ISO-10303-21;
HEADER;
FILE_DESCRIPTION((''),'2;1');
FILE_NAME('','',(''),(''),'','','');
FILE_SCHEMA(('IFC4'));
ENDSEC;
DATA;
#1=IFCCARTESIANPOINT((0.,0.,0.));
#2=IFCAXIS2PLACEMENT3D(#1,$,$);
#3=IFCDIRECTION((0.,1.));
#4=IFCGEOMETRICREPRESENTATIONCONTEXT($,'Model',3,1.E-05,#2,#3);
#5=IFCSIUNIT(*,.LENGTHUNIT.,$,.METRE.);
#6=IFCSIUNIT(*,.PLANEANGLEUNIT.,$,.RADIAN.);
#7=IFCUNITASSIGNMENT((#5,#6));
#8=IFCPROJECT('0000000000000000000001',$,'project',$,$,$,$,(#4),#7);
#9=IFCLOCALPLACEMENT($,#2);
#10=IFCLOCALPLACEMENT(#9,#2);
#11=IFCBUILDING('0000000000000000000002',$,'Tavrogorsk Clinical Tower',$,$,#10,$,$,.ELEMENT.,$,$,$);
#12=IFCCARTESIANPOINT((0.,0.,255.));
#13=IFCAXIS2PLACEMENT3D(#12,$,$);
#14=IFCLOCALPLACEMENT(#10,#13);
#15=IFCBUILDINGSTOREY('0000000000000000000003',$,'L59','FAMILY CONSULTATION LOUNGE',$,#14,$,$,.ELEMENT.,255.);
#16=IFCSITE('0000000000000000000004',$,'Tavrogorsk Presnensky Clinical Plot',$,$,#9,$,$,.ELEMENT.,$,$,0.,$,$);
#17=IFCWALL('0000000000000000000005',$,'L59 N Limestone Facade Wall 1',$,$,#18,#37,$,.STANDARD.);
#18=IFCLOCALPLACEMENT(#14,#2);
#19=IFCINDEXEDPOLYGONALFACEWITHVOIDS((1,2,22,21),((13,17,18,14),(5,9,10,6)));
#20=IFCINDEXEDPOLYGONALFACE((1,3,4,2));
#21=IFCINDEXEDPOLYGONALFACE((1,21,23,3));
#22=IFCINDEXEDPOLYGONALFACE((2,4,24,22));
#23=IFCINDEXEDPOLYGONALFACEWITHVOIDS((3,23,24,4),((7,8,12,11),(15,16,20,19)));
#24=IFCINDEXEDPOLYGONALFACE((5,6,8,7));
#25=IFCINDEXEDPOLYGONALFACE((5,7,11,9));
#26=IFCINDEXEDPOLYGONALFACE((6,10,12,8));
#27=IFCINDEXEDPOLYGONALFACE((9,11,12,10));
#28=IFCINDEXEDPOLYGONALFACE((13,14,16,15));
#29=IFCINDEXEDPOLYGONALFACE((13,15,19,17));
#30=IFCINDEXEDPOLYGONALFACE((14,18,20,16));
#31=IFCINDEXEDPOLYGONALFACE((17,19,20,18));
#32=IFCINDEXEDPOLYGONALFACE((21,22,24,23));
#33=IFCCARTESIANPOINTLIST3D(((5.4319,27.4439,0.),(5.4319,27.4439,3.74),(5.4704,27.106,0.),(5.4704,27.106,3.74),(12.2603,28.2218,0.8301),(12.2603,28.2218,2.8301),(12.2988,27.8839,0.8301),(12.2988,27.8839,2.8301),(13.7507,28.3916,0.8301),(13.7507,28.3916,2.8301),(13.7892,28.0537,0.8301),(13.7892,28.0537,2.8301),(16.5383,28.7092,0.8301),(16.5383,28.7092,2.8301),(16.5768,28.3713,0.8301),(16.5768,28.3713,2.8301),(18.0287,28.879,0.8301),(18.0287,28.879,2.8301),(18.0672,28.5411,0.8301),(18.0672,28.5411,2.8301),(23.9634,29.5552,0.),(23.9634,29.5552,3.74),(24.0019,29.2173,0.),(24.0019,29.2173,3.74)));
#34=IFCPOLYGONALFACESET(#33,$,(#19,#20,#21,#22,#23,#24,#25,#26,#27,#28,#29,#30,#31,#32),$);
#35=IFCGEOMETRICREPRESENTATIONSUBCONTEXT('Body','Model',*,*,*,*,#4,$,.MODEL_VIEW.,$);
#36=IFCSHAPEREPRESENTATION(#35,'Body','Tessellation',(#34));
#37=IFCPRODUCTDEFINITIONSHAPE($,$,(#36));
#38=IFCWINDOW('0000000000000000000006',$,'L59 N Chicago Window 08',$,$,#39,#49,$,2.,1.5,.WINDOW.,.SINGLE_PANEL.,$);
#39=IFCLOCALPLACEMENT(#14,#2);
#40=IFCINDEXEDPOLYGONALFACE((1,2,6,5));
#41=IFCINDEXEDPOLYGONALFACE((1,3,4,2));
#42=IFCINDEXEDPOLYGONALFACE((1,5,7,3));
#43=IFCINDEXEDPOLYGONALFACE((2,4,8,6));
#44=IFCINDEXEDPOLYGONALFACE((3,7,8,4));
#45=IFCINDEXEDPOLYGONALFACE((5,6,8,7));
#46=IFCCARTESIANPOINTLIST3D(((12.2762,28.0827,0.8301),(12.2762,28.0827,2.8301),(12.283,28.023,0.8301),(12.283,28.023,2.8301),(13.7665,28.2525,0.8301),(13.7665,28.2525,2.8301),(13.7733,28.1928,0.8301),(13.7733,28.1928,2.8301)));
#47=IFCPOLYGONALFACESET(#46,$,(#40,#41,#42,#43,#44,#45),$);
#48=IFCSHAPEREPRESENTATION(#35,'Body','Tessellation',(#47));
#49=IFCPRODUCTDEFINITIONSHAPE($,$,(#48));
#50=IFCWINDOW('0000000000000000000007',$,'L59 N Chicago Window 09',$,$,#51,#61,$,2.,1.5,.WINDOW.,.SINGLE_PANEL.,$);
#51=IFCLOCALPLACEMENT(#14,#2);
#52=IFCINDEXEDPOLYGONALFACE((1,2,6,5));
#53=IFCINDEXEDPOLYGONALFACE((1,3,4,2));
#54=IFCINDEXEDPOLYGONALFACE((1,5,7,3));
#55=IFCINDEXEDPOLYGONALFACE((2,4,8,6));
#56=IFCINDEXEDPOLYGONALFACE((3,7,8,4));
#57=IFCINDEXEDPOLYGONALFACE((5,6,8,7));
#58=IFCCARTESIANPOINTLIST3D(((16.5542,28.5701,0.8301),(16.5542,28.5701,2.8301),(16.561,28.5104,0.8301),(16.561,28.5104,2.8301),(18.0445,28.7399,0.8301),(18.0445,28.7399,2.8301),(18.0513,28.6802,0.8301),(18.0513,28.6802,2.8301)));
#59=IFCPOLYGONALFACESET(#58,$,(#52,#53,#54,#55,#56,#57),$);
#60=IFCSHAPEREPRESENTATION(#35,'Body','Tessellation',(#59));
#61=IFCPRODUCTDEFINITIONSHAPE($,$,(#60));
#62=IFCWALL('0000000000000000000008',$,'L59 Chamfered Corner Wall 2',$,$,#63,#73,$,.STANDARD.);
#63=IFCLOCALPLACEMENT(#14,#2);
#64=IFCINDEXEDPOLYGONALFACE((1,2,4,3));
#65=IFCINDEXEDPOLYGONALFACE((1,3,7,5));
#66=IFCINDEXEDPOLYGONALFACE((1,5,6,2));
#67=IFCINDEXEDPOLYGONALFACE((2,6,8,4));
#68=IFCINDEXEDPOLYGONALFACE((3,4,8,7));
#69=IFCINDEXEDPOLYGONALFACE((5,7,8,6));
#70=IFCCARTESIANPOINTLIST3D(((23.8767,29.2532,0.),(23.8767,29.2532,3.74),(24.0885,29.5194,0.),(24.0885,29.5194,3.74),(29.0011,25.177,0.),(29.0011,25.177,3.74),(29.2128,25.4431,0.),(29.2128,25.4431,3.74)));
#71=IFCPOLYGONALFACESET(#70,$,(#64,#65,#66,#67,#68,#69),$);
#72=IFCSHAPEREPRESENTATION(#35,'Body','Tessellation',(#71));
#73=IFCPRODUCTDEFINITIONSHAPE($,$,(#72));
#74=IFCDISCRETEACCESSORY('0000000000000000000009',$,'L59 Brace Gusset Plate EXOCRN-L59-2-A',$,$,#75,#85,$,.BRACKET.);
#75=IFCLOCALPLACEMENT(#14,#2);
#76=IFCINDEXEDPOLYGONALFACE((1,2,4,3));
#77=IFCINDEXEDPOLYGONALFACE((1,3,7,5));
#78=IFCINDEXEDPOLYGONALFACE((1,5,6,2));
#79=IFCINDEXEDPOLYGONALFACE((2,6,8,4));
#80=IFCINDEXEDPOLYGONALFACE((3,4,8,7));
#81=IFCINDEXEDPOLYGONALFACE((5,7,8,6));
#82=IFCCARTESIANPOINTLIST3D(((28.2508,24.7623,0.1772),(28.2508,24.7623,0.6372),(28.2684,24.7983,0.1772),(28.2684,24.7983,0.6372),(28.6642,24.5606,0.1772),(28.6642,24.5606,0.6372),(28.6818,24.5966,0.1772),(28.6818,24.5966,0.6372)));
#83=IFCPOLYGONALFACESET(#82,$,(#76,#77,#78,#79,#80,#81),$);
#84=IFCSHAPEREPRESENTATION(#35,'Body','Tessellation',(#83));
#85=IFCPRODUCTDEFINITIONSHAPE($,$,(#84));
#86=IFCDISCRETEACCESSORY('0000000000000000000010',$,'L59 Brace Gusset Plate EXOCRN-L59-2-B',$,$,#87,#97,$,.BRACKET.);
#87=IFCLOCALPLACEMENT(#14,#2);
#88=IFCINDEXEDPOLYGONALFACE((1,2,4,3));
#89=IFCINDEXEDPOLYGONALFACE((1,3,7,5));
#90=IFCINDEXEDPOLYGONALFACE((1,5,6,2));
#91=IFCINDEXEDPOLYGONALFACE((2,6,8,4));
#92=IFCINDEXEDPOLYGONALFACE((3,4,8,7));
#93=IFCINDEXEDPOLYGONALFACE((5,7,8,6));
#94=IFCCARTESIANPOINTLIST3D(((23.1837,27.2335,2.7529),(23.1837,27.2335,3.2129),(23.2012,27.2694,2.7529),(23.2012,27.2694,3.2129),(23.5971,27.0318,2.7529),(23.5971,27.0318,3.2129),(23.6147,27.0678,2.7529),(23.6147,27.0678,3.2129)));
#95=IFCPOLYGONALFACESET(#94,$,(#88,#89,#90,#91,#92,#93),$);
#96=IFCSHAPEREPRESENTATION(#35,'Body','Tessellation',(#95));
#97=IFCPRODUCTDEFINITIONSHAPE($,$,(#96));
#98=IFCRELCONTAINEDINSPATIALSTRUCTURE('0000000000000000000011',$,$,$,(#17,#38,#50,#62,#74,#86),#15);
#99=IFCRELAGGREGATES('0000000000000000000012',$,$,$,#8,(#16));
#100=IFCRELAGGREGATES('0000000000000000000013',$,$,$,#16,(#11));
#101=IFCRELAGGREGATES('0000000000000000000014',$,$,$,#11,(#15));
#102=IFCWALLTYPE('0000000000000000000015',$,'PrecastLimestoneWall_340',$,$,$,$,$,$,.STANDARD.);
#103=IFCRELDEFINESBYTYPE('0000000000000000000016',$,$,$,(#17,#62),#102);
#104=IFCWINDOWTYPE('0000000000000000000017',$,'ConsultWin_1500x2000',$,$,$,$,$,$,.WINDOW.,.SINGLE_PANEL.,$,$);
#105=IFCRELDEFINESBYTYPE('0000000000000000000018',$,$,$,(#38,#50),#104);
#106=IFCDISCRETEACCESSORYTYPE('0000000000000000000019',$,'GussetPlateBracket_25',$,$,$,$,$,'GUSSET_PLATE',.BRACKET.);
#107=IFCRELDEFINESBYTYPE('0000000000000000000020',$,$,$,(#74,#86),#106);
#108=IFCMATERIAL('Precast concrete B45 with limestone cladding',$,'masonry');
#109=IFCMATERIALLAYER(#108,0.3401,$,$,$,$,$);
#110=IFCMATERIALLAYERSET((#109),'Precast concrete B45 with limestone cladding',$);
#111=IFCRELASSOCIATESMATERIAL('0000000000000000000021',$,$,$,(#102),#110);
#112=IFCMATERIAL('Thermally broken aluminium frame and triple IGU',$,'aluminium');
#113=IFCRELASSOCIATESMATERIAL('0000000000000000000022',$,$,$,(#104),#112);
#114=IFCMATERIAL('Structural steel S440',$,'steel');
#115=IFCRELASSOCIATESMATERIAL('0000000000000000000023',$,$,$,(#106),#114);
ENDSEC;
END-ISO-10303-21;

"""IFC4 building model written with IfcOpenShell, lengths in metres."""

from ifc_helpers import new_model, si_unit, direction, frame, frame_2d, origin, origin_2d, place, context, subcontext, project, spatial, rectangle, extrude, material, layer, layer_set, type_object, element, fill, save


model = new_model("IFC4")

# Units and contexts
model_context = context("Model", 3, precision=1e-05, world=origin(), true_north=direction((0.0, 1.0)))
body_context = subcontext(model_context, "Body", "Model", "MODEL_VIEW")
ifc_project = project(units=[si_unit("LENGTHUNIT", "METRE"), si_unit("PLANEANGLEUNIT", "RADIAN")], contexts=[model_context])

# Site, building, storey
site_placement = place(None, origin())
site = spatial("IfcSite", under=ifc_project, at=site_placement, Name="Tavrogorsk Presnensky Clinical Plot", CompositionType="ELEMENT", RefElevation=0.0)
building_placement = place(site_placement, origin())
building = spatial("IfcBuilding", under=site, at=building_placement, Name="Tavrogorsk Clinical Tower", CompositionType="ELEMENT")
storey_placement = place(building_placement, frame((0.0, 0.0, 255.0)))
storey = spatial("IfcBuildingStorey", under=building, at=storey_placement, Name="L59", Description="FAMILY CONSULTATION LOUNGE", CompositionType="ELEMENT", Elevation=255.0)

# Wall, openings, windows
ifc_material_1 = material(Name="Precast concrete B45 with limestone cladding", Category="masonry")
ifc_layer_1 = layer(ifc_material_1, 0.3401)
ifc_layer_set_1 = layer_set([ifc_layer_1], Name="Precast concrete B45 with limestone cladding")
wall_type_1 = type_object("IfcWallType", Name="PrecastLimestoneWall_340", PredefinedType="STANDARD", material=ifc_layer_set_1)
wall_1_placement = place(storey_placement, frame((23.9827, 29.3862, 0.0), z_axis=(0.0, 0.0, 1.0), x_axis=(-0.993572, -0.1132, 0.0)))
wall_1 = element("IfcWall", 1, at=wall_1_placement, inside=storey, type_object=wall_type_1, Name="L59 N Limestone Facade Wall 1", PredefinedType="STANDARD", context=body_context, shape_type="SweptSolid", body=[
    extrude(rectangle(XDim=18.6514, YDim=0.3401, at=frame_2d((9.3257, 0.0))), origin(), (0.0, 0.0, 1.0), 3.74),
])
opening_1_placement = place(wall_1_placement, frame((10.2788, 0.0, 0.8301)))
opening_1 = element("IfcOpeningElement", 2, at=opening_1_placement, cuts=wall_1, PredefinedType="OPENING", context=body_context, shape_type="SweptSolid", body=[
    extrude(rectangle(XDim=1.5, YDim=2.0, at=frame_2d((0.75, 1.0))), frame((0.0, 0.1799, 0.0), z_axis=(0.0, -1.0, 0.0), x_axis=(1.0, 0.0, 0.0)), (0.0, 0.0, 1.0), 0.3601),
])
opening_2_placement = place(wall_1_placement, frame((5.9731, 0.0, 0.8301)))
opening_2 = element("IfcOpeningElement", 3, at=opening_2_placement, cuts=wall_1, PredefinedType="OPENING", context=body_context, shape_type="SweptSolid", body=[
    extrude(rectangle(XDim=1.5, YDim=2.0, at=frame_2d((0.75, 1.0))), frame((0.0, 0.1799, 0.0), z_axis=(0.0, -1.0, 0.0), x_axis=(1.0, 0.0, 0.0)), (0.0, 0.0, 1.0), 0.3601),
])
ifc_material_2 = material(Name="Thermally broken aluminium frame and triple IGU", Category="aluminium")
window_type = type_object("IfcWindowType", Name="ConsultWin_1500x2000", PartitioningType="SINGLE_PANEL", PredefinedType="WINDOW", material=ifc_material_2)
window_1_placement = place(opening_1_placement, origin())
window_1 = element("IfcWindow", 4, at=window_1_placement, inside=storey, type_object=window_type, Name="L59 N Chicago Window 08", OverallHeight=2.0, OverallWidth=1.5, PartitioningType="SINGLE_PANEL", PredefinedType="WINDOW", context=body_context, shape_type="SweptSolid", body=[
    extrude(rectangle(XDim=1.5, YDim=2.0, at=frame_2d((0.75, 1.0))), frame((0.0, 0.03, 0.0), z_axis=(0.0, -1.0, 0.0), x_axis=(1.0, 0.0, 0.0)), (0.0, 0.0, 1.0), 0.0601),
])
fill(opening_1, window_1)
window_2_placement = place(opening_2_placement, origin())
window_2 = element("IfcWindow", 5, at=window_2_placement, inside=storey, type_object=window_type, Name="L59 N Chicago Window 09", OverallHeight=2.0, OverallWidth=1.5, PartitioningType="SINGLE_PANEL", PredefinedType="WINDOW", context=body_context, shape_type="SweptSolid", body=[
    extrude(rectangle(XDim=1.5, YDim=2.0, at=frame_2d((0.75, 1.0))), frame((0.0, 0.03, 0.0), z_axis=(0.0, -1.0, 0.0), x_axis=(1.0, 0.0, 0.0)), (0.0, 0.0, 1.0), 0.0601),
])
fill(opening_2, window_2)

# Wall
wall_2_placement = place(storey_placement, frame((29.1069, 25.3101, 0.0), z_axis=(0.0, 0.0, 1.0), x_axis=(-0.782597, 0.622528, 0.0)))
element("IfcWall", 6, at=wall_2_placement, inside=storey, type_object=wall_type_1, Name="L59 Chamfered Corner Wall 2", PredefinedType="STANDARD", context=body_context, shape_type="SweptSolid", body=[
    extrude(rectangle(XDim=6.5479, YDim=0.3401, at=frame_2d((3.2739, 0.0))), origin(), (0.0, 0.0, 1.0), 3.74),
])

# Discrete accessories
ifc_material_3 = material(Name="Structural steel S440", Category="steel")
discrete_accessory_type = type_object("IfcDiscreteAccessoryType", Name="GussetPlateBracket_25", ElementType="GUSSET_PLATE", PredefinedType="BRACKET", material=ifc_material_3)
for number, where, z_axis, x_axis, name in (
    (7, (28.4663, 24.6794, 0.1772), (0.0, 0.0, 1.0), (-0.898794, 0.438371, 0.0), "L59 Brace Gusset Plate EXOCRN-L59-2-A"),
    (8, (23.3992, 27.1506, 2.7529), (0.0, 0.0, 1.0), (-0.898794, 0.438371, 0.0), "L59 Brace Gusset Plate EXOCRN-L59-2-B"),
):
    element("IfcDiscreteAccessory", number, at=place(storey_placement, frame(where, z_axis=z_axis, x_axis=x_axis)), inside=storey, type_object=discrete_accessory_type, Name=name, PredefinedType="BRACKET", context=body_context, shape_type="SweptSolid", body=[
        extrude(rectangle(XDim=0.46, YDim=0.04, at=origin_2d()), origin(), (0.0, 0.0, 1.0), 0.46),
    ])

save(model, "model.ifc")
